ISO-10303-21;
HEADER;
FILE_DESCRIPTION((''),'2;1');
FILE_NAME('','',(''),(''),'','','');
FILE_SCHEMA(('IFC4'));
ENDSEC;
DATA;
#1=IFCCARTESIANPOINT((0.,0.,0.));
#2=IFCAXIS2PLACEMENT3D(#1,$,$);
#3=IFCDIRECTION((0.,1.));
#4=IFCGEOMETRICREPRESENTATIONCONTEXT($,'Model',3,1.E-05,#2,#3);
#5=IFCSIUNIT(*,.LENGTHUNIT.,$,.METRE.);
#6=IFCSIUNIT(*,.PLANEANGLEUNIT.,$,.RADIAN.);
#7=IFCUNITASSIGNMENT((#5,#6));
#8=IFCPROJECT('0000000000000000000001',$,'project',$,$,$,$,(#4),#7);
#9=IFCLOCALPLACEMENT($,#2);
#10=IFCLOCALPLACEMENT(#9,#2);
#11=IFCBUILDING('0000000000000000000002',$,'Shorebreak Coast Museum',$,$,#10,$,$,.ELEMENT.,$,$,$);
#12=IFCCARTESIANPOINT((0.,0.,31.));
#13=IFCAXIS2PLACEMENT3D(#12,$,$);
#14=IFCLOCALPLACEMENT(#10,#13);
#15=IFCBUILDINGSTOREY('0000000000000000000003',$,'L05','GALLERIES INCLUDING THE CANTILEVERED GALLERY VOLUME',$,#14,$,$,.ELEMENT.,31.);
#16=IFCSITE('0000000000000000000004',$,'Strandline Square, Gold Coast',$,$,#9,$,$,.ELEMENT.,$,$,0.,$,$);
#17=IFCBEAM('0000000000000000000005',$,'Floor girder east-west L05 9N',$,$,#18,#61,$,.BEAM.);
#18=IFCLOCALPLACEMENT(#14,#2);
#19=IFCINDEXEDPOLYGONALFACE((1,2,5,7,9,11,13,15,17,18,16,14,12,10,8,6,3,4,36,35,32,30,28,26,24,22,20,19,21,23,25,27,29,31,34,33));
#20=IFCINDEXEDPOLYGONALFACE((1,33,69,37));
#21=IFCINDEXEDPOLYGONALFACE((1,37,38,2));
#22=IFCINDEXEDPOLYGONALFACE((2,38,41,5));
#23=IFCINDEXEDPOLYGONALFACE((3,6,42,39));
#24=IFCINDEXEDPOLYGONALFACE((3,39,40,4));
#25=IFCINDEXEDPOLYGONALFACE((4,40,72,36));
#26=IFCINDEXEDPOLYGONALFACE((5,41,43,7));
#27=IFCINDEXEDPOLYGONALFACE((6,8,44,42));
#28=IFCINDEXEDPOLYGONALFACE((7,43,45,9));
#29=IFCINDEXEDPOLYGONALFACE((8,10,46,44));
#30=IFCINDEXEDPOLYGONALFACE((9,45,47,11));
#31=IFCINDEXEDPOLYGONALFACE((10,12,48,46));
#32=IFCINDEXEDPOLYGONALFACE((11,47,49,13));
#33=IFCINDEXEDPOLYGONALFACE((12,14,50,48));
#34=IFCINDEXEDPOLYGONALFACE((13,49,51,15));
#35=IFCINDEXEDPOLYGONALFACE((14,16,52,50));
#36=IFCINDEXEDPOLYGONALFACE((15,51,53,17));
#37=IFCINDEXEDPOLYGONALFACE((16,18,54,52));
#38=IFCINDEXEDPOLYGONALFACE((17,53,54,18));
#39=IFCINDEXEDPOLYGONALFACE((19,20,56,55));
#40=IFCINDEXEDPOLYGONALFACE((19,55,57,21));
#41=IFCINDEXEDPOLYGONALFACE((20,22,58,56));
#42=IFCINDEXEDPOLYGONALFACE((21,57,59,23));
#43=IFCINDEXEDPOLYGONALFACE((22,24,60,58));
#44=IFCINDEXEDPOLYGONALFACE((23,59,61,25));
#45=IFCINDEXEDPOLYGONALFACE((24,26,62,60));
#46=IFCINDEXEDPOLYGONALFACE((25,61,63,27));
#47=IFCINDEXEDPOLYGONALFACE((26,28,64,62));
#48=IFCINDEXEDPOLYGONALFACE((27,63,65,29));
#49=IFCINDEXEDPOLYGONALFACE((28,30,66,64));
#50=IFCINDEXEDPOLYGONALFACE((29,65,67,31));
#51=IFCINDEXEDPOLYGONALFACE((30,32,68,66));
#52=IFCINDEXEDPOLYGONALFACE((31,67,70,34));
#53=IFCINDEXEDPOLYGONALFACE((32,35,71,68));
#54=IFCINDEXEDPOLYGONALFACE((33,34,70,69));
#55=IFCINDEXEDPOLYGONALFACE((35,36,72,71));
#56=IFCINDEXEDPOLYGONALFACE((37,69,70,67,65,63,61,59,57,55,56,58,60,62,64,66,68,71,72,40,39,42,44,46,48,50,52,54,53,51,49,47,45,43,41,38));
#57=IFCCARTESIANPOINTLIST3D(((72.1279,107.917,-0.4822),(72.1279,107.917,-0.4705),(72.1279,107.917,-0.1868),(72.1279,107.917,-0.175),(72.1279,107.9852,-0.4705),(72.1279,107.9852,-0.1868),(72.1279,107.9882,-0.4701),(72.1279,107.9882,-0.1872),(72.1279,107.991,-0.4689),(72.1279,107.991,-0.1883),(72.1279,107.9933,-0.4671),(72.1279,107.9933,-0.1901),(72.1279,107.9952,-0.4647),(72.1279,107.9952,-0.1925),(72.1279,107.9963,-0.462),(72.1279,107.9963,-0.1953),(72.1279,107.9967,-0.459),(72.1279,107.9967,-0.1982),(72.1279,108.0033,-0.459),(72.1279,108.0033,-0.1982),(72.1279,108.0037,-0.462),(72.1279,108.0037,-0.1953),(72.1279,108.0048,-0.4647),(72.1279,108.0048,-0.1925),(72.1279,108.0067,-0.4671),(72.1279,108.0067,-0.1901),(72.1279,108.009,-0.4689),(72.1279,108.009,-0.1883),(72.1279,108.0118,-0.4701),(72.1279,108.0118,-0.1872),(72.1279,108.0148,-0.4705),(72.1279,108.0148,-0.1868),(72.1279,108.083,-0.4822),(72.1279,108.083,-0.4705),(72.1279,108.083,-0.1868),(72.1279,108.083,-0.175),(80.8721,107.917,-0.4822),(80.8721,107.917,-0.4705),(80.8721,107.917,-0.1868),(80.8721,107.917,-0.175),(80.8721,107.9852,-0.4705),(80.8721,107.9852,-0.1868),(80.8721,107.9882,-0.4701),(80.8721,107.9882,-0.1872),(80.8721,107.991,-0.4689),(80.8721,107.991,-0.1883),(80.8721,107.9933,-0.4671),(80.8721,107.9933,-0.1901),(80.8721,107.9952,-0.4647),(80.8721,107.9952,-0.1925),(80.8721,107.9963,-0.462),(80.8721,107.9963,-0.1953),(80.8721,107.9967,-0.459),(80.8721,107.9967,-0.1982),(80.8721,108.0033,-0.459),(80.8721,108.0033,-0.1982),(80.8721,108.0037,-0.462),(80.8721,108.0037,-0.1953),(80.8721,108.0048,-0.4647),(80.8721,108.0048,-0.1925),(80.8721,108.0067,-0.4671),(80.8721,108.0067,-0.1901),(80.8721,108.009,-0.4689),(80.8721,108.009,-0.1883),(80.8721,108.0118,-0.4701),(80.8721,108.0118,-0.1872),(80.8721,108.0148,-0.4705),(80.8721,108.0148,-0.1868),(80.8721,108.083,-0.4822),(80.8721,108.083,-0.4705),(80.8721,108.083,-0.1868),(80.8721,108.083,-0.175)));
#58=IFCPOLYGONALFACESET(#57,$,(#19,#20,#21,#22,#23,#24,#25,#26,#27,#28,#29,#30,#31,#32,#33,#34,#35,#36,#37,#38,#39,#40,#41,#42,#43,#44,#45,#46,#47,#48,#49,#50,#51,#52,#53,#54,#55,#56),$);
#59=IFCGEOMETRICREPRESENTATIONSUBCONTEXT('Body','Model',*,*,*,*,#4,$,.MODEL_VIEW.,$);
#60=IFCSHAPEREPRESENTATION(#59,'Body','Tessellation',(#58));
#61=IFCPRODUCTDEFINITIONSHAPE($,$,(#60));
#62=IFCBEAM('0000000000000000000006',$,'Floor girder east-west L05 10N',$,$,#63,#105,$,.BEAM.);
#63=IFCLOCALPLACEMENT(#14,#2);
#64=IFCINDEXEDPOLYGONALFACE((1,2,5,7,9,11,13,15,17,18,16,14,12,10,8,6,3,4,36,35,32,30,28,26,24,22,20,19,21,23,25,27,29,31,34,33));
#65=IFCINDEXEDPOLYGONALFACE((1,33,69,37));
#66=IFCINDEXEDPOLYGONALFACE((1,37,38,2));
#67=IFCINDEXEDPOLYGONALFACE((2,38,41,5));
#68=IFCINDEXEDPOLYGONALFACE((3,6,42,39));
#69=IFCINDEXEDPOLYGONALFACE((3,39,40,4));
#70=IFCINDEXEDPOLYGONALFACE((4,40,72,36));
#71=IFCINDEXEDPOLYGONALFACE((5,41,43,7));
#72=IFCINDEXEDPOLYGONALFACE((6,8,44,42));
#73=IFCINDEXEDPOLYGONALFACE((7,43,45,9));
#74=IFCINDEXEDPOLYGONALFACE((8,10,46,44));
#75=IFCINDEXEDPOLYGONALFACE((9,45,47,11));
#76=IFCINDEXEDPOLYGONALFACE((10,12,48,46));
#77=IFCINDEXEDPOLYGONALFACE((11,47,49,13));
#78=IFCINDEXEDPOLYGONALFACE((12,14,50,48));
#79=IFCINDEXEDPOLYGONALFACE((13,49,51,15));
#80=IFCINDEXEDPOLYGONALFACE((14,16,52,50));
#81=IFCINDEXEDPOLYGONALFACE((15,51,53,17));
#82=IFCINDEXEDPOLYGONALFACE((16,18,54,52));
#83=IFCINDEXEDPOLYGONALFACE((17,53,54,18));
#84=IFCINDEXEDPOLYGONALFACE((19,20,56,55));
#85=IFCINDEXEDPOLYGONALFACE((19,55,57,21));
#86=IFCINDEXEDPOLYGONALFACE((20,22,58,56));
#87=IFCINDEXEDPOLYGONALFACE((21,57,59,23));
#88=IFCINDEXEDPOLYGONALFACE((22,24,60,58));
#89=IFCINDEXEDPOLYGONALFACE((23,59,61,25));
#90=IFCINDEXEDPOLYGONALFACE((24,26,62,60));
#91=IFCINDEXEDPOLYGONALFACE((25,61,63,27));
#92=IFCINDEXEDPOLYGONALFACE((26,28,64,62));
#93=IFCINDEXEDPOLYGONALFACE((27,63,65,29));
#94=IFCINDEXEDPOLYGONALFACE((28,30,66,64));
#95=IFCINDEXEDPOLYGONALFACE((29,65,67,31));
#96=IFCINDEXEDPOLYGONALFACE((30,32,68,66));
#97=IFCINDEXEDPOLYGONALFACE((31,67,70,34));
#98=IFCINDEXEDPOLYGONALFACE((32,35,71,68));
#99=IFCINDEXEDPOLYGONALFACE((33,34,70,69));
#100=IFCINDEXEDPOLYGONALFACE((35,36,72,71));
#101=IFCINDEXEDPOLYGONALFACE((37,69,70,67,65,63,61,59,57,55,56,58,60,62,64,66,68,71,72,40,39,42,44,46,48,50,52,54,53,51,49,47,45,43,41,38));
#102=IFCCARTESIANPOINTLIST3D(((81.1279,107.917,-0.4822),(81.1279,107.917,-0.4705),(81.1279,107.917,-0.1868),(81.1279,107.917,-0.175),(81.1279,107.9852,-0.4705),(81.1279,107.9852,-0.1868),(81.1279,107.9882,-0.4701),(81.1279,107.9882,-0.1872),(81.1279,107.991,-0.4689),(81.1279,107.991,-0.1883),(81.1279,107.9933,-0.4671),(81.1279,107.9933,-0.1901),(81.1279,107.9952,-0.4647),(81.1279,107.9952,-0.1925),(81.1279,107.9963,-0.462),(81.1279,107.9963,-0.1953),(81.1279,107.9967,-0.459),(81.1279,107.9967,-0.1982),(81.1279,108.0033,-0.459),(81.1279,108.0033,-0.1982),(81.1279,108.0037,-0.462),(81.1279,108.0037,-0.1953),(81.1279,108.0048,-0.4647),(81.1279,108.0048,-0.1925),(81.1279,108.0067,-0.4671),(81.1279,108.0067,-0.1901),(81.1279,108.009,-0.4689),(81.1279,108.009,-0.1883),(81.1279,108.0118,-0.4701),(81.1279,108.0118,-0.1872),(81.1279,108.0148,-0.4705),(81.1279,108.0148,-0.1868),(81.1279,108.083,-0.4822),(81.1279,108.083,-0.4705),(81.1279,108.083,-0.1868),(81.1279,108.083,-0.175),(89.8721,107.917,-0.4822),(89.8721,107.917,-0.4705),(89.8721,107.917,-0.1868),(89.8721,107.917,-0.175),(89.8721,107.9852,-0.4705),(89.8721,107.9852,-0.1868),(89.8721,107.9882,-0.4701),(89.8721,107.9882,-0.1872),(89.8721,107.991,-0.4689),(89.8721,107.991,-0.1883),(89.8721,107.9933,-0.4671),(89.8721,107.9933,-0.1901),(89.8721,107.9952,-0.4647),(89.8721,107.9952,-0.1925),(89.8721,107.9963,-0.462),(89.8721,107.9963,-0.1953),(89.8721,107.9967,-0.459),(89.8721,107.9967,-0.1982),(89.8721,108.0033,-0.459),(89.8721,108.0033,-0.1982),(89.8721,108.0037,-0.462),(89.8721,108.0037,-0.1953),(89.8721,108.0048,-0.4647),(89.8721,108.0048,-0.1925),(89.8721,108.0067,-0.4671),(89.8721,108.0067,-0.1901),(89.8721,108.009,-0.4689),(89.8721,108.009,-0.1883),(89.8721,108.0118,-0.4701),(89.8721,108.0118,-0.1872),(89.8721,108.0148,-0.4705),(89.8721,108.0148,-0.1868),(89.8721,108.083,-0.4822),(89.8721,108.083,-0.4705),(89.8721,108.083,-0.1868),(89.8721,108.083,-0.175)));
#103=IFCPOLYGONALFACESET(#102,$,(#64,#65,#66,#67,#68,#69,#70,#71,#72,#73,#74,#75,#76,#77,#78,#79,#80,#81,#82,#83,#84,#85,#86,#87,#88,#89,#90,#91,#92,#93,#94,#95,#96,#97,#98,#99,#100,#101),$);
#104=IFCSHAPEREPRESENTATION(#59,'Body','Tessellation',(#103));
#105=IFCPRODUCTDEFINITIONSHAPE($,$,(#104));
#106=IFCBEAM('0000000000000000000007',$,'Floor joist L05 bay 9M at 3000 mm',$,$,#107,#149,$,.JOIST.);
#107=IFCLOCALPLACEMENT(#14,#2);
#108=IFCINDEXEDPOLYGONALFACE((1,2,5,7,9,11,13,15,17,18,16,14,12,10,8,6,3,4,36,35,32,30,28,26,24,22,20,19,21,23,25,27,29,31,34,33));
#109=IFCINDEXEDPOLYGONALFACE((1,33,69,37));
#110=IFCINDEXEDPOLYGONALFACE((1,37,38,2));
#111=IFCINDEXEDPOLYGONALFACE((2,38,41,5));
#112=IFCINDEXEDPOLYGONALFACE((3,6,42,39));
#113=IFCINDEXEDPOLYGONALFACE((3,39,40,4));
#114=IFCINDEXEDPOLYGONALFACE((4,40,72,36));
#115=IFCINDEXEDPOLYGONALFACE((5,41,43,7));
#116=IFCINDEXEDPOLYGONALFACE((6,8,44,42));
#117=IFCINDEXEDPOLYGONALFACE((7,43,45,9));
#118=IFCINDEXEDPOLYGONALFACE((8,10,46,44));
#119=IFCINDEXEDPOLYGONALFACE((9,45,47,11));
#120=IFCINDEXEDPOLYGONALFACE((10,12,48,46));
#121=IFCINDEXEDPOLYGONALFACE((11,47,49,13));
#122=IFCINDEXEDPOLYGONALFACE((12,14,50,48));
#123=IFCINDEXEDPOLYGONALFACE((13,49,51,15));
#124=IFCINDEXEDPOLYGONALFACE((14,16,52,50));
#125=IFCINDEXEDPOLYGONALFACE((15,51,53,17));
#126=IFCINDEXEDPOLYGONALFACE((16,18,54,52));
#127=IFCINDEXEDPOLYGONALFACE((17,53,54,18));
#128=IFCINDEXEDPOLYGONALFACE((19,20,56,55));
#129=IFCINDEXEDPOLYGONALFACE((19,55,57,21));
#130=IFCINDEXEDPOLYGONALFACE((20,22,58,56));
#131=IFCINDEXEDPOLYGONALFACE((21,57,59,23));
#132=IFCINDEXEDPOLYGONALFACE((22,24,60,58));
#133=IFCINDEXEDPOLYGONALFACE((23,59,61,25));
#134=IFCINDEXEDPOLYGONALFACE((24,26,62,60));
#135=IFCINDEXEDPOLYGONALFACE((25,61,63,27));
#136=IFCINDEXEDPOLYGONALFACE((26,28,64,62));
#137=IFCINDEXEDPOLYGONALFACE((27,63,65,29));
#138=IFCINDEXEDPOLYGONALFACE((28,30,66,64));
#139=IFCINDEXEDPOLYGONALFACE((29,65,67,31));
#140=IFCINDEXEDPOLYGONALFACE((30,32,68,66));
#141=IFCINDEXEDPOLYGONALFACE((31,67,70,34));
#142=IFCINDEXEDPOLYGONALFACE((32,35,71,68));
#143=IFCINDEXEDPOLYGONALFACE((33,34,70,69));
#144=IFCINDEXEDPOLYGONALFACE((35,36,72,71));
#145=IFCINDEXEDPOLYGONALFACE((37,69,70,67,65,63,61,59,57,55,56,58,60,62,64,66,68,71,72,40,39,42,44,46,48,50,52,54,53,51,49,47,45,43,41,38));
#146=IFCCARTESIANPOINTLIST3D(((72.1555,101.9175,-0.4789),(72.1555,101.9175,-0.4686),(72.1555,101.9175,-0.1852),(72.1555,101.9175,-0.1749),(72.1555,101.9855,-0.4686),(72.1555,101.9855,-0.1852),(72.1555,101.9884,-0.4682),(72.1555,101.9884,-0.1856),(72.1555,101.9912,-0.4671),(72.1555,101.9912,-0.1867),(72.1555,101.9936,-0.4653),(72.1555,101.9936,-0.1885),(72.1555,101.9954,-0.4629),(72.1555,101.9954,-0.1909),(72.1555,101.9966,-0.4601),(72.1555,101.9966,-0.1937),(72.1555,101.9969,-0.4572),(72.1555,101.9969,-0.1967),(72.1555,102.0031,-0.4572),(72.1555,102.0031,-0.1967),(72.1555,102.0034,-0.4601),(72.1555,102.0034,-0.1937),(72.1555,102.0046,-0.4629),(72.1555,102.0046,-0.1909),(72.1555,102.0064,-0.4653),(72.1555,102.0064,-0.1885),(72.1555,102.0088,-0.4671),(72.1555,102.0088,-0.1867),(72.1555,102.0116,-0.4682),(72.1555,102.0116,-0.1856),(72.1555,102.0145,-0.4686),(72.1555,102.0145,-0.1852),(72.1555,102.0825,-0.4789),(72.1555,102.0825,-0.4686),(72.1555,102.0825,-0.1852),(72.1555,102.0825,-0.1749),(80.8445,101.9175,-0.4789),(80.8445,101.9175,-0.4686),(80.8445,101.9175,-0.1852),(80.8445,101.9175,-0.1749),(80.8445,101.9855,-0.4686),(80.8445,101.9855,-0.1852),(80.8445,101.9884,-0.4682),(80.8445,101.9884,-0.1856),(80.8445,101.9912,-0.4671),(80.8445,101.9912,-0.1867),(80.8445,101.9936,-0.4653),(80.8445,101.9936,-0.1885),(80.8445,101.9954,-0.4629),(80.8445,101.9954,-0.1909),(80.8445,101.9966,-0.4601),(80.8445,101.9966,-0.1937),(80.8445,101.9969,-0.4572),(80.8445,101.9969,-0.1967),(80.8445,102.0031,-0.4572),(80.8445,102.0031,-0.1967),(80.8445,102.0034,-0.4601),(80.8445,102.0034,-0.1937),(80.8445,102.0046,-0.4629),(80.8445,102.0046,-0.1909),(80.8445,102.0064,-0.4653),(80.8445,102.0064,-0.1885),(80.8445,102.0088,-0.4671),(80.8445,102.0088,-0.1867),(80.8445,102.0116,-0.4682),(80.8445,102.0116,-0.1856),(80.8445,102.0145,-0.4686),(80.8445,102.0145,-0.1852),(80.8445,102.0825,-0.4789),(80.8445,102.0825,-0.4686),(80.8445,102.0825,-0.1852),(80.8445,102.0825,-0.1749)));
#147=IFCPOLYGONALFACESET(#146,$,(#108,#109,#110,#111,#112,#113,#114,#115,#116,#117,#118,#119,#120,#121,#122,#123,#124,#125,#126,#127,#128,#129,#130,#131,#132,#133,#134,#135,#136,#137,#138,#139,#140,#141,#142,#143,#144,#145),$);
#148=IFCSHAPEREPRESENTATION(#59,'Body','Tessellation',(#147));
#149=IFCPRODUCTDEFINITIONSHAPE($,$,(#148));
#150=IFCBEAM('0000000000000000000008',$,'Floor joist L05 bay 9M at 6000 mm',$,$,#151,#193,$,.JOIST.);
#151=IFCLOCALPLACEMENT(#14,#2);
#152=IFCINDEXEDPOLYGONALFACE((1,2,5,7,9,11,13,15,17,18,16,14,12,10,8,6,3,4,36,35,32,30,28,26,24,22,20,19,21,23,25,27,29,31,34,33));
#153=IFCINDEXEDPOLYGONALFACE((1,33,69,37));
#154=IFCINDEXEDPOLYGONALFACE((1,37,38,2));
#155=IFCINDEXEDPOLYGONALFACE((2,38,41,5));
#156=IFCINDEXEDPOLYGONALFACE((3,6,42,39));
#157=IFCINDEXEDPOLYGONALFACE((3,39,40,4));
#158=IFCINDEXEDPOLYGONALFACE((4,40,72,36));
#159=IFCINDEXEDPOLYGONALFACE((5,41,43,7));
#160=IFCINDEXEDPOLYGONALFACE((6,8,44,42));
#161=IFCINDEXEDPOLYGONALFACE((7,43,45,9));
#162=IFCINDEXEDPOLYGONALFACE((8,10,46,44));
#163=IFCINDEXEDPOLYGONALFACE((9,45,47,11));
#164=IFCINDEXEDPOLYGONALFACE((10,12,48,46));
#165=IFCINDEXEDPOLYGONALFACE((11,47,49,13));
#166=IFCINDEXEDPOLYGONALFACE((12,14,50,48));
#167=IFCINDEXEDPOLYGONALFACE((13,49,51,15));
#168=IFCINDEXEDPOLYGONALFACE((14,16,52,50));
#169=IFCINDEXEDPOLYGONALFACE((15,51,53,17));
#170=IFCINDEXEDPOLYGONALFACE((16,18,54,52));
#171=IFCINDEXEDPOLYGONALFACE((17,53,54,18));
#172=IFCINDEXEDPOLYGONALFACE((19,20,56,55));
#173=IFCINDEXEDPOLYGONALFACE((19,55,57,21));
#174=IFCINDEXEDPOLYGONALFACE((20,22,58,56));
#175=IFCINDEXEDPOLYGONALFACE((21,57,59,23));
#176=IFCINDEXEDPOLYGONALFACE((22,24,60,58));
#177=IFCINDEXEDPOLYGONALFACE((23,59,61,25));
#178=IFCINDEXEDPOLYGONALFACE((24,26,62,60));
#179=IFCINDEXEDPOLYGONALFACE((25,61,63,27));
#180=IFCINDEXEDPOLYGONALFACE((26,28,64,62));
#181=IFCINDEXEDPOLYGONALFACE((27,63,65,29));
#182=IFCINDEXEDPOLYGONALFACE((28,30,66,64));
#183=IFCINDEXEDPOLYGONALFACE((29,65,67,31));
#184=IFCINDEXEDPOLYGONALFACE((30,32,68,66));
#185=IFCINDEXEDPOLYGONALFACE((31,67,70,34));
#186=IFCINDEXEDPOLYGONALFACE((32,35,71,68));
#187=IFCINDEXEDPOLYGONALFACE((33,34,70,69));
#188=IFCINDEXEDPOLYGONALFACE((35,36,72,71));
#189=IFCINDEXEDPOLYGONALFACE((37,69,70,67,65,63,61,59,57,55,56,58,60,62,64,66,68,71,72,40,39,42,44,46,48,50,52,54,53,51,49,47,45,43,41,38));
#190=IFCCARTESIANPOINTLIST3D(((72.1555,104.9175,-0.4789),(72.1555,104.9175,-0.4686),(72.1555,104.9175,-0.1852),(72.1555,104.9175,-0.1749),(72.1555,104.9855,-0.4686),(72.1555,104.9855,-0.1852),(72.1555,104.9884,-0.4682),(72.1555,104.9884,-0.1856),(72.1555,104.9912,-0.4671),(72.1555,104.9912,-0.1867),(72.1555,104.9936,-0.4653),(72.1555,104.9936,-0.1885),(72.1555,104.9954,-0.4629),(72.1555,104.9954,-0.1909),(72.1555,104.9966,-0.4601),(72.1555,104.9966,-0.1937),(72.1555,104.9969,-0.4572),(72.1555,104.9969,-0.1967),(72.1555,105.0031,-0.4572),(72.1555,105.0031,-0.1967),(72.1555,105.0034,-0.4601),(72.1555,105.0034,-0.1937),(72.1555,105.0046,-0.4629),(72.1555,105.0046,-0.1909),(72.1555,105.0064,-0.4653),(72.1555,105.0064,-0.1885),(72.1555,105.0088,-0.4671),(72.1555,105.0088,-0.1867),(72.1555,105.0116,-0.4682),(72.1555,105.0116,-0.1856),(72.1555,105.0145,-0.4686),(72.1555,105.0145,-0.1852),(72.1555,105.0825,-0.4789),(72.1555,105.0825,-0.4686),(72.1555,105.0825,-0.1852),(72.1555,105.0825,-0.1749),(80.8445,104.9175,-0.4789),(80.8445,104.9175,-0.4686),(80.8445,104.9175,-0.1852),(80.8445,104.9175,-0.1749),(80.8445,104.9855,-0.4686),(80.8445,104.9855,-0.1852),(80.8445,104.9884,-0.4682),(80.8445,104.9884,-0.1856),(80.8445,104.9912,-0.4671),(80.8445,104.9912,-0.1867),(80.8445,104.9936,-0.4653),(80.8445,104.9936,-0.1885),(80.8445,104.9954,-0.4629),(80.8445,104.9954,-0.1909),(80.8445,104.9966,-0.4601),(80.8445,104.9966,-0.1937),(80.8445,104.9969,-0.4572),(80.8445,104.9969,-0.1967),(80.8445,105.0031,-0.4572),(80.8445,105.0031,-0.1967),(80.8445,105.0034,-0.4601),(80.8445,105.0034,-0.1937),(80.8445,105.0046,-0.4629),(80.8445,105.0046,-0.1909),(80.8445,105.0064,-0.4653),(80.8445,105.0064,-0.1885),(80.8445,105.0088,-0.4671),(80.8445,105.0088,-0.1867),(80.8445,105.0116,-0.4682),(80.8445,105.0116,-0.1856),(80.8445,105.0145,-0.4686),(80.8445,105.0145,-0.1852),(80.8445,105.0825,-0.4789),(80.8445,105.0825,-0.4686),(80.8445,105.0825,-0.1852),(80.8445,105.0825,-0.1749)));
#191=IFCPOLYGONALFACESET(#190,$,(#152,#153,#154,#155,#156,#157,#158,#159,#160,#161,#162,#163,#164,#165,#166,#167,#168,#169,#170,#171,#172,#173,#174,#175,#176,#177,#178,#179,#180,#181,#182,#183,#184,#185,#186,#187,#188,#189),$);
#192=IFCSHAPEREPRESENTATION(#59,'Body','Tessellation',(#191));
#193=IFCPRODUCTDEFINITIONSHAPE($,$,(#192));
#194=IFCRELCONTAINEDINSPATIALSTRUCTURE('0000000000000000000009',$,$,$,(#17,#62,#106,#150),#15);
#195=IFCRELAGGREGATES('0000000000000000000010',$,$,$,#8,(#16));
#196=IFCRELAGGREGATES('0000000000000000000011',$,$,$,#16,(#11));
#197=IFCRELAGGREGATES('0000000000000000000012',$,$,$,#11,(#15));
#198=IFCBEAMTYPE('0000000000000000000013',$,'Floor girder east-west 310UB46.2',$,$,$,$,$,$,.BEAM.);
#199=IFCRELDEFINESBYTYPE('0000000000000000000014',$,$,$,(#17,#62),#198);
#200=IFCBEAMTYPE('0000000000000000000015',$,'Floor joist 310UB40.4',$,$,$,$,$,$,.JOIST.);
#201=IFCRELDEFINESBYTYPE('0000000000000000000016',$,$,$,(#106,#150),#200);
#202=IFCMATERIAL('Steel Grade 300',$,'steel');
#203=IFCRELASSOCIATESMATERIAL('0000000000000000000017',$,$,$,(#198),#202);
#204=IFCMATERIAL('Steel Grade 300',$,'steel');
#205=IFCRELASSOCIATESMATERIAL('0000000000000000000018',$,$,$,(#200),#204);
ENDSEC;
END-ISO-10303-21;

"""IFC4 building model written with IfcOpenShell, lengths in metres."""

from ifc_helpers import new_model, si_unit, direction, frame, origin, origin_2d, place, context, subcontext, project, spatial, i_section, extrude, material, material_profile, profile_set, type_object, element, save


model = new_model("IFC4")

# Units and contexts
model_context = context("Model", 3, precision=1e-05, world=origin(), true_north=direction((0.0, 1.0)))
body_context = subcontext(model_context, "Body", "Model", "MODEL_VIEW")
ifc_project = project(units=[si_unit("LENGTHUNIT", "METRE"), si_unit("PLANEANGLEUNIT", "RADIAN")], contexts=[model_context])

# Site, building, storey
site_placement = place(None, origin())
site = spatial("IfcSite", under=ifc_project, at=site_placement, Name="Strandline Square, Gold Coast", CompositionType="ELEMENT", RefElevation=0.0)
building_placement = place(site_placement, origin())
building = spatial("IfcBuilding", under=site, at=building_placement, Name="Shorebreak Coast Museum", CompositionType="ELEMENT")
storey_placement = place(building_placement, frame((0.0, 0.0, 31.0)))
storey = spatial("IfcBuildingStorey", under=building, at=storey_placement, Name="L05", Description="GALLERIES INCLUDING THE CANTILEVERED GALLERY VOLUME", CompositionType="ELEMENT", Elevation=31.0)

# Beams
ifc_material_1 = material(Name="Steel Grade 300", Category="steel")
ifc_material_profile_1 = material_profile(ifc_material_1, i_section(OverallWidth=0.166, OverallDepth=0.3071, WebThickness=0.0066, FlangeThickness=0.0117, FilletRadius=0.0115, at=origin_2d()), Name="310UB46.2")
ifc_profile_set_1 = profile_set([ifc_material_profile_1], Name="Steel Grade 300")
beam_type_1 = type_object("IfcBeamType", Name="Floor girder east-west 310UB46.2", PredefinedType="BEAM", material=ifc_profile_set_1)
for number, where, z_axis, x_axis, name in (
    (1, (72.1279, 108.0, -0.3286), (1.0, 0.0, 0.0), (0.0, 1.0, 0.0), "Floor girder east-west L05 9N"),
    (2, (81.1279, 108.0, -0.3286), (1.0, 0.0, 0.0), (0.0, 1.0, 0.0), "Floor girder east-west L05 10N"),
):
    element("IfcBeam", number, at=place(storey_placement, frame(where, z_axis=z_axis, x_axis=x_axis)), inside=storey, type_object=beam_type_1, Name=name, PredefinedType="BEAM", context=body_context, shape_type="SweptSolid", body=[
        extrude(i_section(OverallWidth=0.166, OverallDepth=0.3071, WebThickness=0.0066, FlangeThickness=0.0117, FilletRadius=0.0115, at=origin_2d()), origin(), (0.0, 0.0, 1.0), 8.7441),
    ])
ifc_material_2 = material(Name="Steel Grade 300", Category="steel")
ifc_material_profile_2 = material_profile(ifc_material_2, i_section(OverallWidth=0.165, OverallDepth=0.304, WebThickness=0.0061, FlangeThickness=0.0103, FilletRadius=0.0115, at=origin_2d()), Name="310UB40.4")
ifc_profile_set_2 = profile_set([ifc_material_profile_2], Name="Steel Grade 300")
beam_type_2 = type_object("IfcBeamType", Name="Floor joist 310UB40.4", PredefinedType="JOIST", material=ifc_profile_set_2)
for number, where, z_axis, x_axis, name in (
    (3, (72.1555, 102.0, -0.3269), (1.0, 0.0, 0.0), (0.0, 1.0, 0.0), "Floor joist L05 bay 9M at 3000 mm"),
    (4, (72.1555, 105.0, -0.3269), (1.0, 0.0, 0.0), (0.0, 1.0, 0.0), "Floor joist L05 bay 9M at 6000 mm"),
):
    element("IfcBeam", number, at=place(storey_placement, frame(where, z_axis=z_axis, x_axis=x_axis)), inside=storey, type_object=beam_type_2, Name=name, PredefinedType="JOIST", context=body_context, shape_type="SweptSolid", body=[
        extrude(i_section(OverallWidth=0.165, OverallDepth=0.304, WebThickness=0.0061, FlangeThickness=0.0103, FilletRadius=0.0115, at=origin_2d()), origin(), (0.0, 0.0, 1.0), 8.689),
    ])

save(model, "model.ifc")
